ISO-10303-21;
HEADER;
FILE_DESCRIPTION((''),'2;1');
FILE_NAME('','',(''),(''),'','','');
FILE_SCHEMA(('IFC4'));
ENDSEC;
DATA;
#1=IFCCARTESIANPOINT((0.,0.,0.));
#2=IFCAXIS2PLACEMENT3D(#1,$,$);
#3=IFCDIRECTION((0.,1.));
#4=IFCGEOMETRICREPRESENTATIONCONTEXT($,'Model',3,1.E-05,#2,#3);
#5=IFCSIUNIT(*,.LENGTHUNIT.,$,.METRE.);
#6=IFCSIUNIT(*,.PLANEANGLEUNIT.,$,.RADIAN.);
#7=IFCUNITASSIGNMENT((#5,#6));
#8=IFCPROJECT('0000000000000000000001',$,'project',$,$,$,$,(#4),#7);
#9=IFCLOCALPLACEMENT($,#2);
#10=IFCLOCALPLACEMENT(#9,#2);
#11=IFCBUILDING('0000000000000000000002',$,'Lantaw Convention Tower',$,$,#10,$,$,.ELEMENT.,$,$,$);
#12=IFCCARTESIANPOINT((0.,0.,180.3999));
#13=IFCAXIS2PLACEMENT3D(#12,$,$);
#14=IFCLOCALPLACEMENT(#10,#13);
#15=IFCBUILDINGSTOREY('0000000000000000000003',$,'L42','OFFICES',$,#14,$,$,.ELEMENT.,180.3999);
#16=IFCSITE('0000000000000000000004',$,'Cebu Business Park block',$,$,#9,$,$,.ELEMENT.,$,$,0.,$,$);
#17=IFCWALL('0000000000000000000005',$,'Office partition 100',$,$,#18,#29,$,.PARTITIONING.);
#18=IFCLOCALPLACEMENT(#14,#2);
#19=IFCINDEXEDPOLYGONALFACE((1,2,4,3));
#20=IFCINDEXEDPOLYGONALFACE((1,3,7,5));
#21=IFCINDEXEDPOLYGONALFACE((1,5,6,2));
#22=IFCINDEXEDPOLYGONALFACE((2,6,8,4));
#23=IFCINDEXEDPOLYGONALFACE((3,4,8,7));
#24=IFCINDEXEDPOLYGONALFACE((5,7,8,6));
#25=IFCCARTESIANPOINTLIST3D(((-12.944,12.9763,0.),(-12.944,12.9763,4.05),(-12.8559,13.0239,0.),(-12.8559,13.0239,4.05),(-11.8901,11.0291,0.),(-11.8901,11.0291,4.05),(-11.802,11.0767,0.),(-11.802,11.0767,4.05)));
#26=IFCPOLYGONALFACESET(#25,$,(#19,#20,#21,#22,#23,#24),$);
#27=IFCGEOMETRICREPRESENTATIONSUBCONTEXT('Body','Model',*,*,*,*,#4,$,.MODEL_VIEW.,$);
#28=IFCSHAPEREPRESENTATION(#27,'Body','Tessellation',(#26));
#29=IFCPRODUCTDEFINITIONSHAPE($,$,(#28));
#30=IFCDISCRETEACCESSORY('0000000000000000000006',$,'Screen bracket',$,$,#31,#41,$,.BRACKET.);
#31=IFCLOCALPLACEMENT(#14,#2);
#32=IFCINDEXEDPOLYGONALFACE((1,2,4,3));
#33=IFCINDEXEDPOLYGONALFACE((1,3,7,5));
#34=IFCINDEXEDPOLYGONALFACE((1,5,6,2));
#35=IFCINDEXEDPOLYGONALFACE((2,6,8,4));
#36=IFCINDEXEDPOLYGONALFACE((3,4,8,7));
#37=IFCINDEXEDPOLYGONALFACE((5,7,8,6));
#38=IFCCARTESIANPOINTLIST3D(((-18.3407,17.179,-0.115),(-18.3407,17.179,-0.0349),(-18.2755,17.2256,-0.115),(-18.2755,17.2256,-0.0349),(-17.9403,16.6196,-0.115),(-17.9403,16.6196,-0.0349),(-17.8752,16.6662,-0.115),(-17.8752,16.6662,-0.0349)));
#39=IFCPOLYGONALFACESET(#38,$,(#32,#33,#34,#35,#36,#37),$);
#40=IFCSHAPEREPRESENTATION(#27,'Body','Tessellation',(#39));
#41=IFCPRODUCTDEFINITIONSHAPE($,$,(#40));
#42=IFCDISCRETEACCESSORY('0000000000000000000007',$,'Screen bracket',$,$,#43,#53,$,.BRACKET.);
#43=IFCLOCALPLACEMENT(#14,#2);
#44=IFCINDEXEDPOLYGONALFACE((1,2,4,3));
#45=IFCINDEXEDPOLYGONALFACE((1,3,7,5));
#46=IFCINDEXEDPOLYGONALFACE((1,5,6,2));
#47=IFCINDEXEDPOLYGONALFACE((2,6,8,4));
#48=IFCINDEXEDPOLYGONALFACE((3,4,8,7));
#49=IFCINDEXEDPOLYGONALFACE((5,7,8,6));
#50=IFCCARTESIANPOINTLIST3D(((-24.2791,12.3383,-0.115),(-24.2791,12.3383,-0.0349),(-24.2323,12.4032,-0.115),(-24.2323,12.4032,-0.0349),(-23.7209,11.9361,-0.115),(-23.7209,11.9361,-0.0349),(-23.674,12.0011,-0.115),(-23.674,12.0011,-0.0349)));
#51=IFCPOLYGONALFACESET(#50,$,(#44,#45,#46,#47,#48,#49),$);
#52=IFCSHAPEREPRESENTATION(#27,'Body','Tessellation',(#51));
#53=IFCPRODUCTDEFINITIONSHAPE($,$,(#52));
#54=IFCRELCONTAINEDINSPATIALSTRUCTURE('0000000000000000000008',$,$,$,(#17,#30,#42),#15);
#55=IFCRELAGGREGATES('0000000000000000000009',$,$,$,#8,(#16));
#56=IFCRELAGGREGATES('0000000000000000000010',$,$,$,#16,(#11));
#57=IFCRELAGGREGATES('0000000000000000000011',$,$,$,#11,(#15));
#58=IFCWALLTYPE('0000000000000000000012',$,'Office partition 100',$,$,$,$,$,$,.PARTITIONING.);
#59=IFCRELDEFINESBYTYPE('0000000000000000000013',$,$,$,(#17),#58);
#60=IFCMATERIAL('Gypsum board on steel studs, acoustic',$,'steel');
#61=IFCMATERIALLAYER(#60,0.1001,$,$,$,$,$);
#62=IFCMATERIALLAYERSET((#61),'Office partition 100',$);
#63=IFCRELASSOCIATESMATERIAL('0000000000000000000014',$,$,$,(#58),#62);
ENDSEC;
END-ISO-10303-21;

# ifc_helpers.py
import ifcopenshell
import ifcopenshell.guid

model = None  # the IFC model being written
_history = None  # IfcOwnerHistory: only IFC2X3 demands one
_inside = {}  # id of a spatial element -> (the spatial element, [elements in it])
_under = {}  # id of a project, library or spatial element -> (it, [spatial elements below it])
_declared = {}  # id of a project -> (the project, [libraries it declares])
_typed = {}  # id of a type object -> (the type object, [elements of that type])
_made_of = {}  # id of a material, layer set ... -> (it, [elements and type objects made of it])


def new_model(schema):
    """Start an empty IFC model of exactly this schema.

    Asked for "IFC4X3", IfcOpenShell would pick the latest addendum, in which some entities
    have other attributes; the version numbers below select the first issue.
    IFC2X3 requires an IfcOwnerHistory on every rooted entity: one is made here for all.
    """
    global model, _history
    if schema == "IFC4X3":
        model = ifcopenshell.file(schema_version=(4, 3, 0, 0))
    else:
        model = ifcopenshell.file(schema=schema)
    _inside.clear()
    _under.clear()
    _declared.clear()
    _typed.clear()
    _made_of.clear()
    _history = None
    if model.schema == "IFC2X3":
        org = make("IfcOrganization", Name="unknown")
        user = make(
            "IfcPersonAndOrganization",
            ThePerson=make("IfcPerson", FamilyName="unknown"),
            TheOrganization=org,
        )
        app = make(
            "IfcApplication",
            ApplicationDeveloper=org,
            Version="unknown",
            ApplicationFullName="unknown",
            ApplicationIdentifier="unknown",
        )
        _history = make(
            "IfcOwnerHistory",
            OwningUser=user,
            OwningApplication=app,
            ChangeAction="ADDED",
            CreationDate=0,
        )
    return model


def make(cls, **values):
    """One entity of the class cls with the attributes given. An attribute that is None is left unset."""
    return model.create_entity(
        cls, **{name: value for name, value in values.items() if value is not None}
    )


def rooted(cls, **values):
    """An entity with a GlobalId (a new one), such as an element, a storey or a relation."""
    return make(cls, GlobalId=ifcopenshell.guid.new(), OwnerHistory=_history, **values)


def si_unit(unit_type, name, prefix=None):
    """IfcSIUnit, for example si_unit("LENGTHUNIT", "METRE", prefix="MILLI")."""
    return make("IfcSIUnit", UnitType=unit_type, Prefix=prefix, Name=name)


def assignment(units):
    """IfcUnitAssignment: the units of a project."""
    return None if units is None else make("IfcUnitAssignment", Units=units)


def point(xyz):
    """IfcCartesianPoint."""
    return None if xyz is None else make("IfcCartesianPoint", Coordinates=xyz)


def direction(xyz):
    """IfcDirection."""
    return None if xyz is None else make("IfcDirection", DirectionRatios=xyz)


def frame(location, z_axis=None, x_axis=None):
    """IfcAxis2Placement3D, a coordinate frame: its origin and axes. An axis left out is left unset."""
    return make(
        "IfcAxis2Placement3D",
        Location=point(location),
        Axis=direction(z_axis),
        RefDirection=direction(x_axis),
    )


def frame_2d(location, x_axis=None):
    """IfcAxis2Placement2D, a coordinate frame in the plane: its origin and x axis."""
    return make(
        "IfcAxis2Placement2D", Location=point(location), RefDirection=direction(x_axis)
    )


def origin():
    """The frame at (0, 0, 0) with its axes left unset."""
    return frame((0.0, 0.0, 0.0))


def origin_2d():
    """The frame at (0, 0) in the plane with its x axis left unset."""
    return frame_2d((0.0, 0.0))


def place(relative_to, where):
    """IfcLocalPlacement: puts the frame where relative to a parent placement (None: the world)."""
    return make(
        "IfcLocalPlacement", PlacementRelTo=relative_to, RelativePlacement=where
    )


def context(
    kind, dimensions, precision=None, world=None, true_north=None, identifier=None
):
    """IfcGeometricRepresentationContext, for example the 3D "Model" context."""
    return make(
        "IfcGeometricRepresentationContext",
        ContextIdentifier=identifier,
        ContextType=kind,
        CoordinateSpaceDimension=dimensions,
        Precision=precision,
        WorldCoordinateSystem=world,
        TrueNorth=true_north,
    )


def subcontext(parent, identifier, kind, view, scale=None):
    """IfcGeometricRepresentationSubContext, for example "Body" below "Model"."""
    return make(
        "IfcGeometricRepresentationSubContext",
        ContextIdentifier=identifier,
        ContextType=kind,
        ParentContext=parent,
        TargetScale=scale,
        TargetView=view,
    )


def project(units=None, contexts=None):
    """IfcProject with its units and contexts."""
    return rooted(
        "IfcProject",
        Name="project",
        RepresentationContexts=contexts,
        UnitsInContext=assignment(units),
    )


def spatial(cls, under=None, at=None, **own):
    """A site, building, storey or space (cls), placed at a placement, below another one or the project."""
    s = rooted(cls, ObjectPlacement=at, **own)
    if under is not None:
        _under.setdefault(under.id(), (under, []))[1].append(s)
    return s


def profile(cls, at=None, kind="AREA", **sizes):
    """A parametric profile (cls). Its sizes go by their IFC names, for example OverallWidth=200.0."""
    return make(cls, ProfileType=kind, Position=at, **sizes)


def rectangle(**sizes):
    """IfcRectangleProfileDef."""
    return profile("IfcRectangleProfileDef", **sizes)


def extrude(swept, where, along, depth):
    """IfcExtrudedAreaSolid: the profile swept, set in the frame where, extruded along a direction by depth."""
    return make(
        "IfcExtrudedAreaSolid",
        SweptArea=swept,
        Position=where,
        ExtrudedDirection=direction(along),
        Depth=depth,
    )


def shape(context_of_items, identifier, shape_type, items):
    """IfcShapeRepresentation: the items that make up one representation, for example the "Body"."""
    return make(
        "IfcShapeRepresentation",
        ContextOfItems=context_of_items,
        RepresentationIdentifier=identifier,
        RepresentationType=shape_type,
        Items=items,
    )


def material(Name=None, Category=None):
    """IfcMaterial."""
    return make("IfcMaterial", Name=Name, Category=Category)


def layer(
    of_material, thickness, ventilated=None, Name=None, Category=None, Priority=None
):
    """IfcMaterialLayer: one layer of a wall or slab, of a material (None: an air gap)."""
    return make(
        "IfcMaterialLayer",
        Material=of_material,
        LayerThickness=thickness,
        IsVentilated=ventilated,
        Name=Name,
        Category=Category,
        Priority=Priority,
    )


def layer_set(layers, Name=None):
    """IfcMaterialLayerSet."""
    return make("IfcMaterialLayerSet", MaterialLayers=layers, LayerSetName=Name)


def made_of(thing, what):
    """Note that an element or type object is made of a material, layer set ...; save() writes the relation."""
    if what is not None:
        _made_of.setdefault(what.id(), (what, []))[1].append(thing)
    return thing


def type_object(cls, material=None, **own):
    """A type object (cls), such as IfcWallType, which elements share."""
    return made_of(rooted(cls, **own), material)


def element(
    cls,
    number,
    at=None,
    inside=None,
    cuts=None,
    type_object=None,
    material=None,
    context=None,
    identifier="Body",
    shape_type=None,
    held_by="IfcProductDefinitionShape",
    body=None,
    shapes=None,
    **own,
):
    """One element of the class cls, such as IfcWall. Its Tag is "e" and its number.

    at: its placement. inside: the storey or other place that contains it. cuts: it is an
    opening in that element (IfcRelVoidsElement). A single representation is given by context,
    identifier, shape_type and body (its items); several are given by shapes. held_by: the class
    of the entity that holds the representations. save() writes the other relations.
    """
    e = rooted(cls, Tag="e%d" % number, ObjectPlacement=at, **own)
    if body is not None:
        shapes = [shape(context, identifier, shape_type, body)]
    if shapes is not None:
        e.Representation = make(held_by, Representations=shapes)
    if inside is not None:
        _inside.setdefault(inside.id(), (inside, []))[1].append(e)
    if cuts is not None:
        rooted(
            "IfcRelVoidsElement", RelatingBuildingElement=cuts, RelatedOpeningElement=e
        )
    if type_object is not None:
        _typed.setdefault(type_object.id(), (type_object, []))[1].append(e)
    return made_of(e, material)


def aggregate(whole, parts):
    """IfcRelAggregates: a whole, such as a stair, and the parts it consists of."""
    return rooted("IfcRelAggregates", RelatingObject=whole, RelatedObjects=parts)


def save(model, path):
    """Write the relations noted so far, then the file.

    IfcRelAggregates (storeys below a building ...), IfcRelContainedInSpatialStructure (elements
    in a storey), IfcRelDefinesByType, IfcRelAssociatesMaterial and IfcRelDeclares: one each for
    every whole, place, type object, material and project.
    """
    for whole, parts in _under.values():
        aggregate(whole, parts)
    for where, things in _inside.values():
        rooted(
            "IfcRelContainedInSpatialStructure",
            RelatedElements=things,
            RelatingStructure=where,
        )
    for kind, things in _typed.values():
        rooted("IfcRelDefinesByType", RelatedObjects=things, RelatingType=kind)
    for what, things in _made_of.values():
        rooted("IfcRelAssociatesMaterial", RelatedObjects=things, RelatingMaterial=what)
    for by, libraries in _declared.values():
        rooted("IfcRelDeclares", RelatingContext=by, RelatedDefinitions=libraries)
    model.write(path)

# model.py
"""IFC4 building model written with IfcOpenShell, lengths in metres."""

from ifc_helpers import new_model, si_unit, direction, frame, frame_2d, origin, origin_2d, place, context, subcontext, project, spatial, rectangle, extrude, material, layer, layer_set, type_object, element, save


model = new_model("IFC4")

# Units and contexts
model_context = context("Model", 3, precision=1e-05, world=origin(), true_north=direction((0.0, 1.0)))
body_context = subcontext(model_context, "Body", "Model", "MODEL_VIEW")
ifc_project = project(units=[si_unit("LENGTHUNIT", "METRE"), si_unit("PLANEANGLEUNIT", "RADIAN")], contexts=[model_context])

# Site, building, storey
site_placement = place(None, origin())
site = spatial("IfcSite", under=ifc_project, at=site_placement, Name="Cebu Business Park block", CompositionType="ELEMENT", RefElevation=0.0)
building_placement = place(site_placement, origin())
building = spatial("IfcBuilding", under=site, at=building_placement, Name="Lantaw Convention Tower", CompositionType="ELEMENT")
storey_placement = place(building_placement, frame((0.0, 0.0, 180.3999)))
storey = spatial("IfcBuildingStorey", under=building, at=storey_placement, Name="L42", Description="OFFICES", CompositionType="ELEMENT", Elevation=180.3999)

# Wall
ifc_material_1 = material(Name="Gypsum board on steel studs, acoustic", Category="steel")
ifc_layer_1 = layer(ifc_material_1, 0.1001)
ifc_layer_set_1 = layer_set([ifc_layer_1], Name="Office partition 100")
wall_type_1 = type_object("IfcWallType", Name="Office partition 100", PredefinedType="PARTITIONING", material=ifc_layer_set_1)
wall_1_placement = place(storey_placement, frame((-12.8999, 13.0, 0.0), z_axis=(0.0, 0.0, 1.0), x_axis=(0.475999, -0.879446, 0.0)))
element("IfcWall", 1, at=wall_1_placement, inside=storey, type_object=wall_type_1, Name="Office partition 100", PredefinedType="PARTITIONING", context=body_context, shape_type="SweptSolid", body=[
    extrude(rectangle(XDim=2.2141, YDim=0.1001, at=frame_2d((1.1069, 0.0))), origin(), (0.0, 0.0, 1.0), 4.05),
])

# Discrete accessories
for number, where, z_axis, x_axis, name in (
    (2, (-18.1079, 16.9226, -0.115), (0.0, 0.0, 1.0), (-0.813208, -0.581973, 0.0), "Screen bracket"),
    (3, (-23.9766, 12.1697, -0.115), (0.0, 0.0, 1.0), (-0.584513, -0.811385, 0.0), "Screen bracket"),
):
    element("IfcDiscreteAccessory", number, at=place(storey_placement, frame(where, z_axis=z_axis, x_axis=x_axis)), inside=storey, Name=name, PredefinedType="BRACKET", context=body_context, shape_type="SweptSolid", body=[
        extrude(rectangle(XDim=0.0801, YDim=0.688, at=origin_2d()), origin(), (0.0, 0.0, 1.0), 0.0801),
    ])

save(model, "model.ifc")
